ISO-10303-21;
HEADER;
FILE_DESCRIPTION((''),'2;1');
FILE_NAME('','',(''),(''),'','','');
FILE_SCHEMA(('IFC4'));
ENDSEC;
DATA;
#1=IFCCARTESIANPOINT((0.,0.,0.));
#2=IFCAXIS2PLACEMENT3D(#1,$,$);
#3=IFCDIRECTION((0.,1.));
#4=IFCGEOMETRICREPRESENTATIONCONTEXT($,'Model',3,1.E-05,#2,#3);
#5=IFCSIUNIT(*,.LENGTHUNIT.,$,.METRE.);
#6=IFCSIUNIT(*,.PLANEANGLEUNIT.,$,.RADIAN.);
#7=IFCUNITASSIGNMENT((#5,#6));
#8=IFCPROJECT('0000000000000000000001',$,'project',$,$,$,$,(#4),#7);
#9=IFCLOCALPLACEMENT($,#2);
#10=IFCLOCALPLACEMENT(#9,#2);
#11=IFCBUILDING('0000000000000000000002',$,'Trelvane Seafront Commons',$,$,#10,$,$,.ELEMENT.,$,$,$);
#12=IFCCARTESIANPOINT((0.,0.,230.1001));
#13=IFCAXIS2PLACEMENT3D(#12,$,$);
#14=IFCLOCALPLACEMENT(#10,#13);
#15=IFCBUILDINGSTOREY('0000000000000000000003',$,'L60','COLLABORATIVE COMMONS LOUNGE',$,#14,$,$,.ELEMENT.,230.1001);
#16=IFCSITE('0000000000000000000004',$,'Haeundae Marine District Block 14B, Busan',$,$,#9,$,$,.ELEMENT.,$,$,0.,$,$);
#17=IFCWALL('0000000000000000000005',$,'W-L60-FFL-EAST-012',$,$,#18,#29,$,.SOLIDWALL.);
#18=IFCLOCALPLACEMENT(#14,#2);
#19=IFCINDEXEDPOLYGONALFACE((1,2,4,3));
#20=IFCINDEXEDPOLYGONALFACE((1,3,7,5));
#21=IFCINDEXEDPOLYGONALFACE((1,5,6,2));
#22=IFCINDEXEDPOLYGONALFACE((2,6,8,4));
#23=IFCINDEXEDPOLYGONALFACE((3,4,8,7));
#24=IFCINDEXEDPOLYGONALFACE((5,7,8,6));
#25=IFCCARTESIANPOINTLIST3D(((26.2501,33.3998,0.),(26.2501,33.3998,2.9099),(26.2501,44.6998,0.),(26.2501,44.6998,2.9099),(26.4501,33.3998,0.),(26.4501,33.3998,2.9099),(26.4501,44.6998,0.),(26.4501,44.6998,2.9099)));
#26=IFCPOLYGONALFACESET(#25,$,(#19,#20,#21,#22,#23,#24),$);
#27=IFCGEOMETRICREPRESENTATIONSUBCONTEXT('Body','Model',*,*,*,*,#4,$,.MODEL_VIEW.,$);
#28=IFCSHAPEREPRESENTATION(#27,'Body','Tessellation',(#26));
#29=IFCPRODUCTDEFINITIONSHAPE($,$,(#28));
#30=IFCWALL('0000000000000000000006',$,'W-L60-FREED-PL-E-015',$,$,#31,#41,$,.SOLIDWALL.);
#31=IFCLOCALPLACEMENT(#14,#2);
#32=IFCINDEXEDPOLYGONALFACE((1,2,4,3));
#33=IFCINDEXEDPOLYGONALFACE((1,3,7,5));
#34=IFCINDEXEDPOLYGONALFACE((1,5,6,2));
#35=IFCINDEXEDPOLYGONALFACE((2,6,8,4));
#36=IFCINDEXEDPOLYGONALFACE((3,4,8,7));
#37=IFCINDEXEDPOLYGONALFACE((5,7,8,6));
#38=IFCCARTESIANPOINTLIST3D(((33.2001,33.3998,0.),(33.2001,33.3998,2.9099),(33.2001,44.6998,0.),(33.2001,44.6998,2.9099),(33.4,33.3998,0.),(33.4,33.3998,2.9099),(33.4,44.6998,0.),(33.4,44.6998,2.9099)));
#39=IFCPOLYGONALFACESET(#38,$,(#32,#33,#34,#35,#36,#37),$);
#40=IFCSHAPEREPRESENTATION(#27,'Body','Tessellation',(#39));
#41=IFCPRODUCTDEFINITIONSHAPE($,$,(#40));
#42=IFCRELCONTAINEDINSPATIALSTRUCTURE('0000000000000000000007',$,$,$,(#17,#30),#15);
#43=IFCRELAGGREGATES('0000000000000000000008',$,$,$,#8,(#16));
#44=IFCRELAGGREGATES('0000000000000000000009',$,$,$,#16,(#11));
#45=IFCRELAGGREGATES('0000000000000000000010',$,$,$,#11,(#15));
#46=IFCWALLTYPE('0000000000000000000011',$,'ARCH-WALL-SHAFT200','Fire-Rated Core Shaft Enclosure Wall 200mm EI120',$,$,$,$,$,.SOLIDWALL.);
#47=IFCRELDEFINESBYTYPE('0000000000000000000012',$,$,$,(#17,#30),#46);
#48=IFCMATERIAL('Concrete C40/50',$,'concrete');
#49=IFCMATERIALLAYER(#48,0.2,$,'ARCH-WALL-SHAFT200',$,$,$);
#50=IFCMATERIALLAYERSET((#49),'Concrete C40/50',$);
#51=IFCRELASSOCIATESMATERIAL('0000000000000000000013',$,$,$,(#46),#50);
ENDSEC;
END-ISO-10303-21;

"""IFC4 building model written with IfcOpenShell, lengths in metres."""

from ifc_helpers import new_model, si_unit, direction, frame, frame_2d, origin, place, context, subcontext, project, spatial, rectangle, extrude, material, layer, layer_set, type_object, element, save


model = new_model("IFC4")

# Units and contexts
model_context = context("Model", 3, precision=1e-05, world=origin(), true_north=direction((0.0, 1.0)))
body_context = subcontext(model_context, "Body", "Model", "MODEL_VIEW")
ifc_project = project(units=[si_unit("LENGTHUNIT", "METRE"), si_unit("PLANEANGLEUNIT", "RADIAN")], contexts=[model_context])

# Site, building, storey
site_placement = place(None, origin())
site = spatial("IfcSite", under=ifc_project, at=site_placement, Name="Haeundae Marine District Block 14B, Busan", CompositionType="ELEMENT", RefElevation=0.0)
building_placement = place(site_placement, origin())
building = spatial("IfcBuilding", under=site, at=building_placement, Name="Trelvane Seafront Commons", CompositionType="ELEMENT")
storey_placement = place(building_placement, frame((0.0, 0.0, 230.1001)))
storey = spatial("IfcBuildingStorey", under=building, at=storey_placement, Name="L60", Description="COLLABORATIVE COMMONS LOUNGE", CompositionType="ELEMENT", Elevation=230.1001)

# Shared definitions
ifc_material_1 = material(Name="Concrete C40/50", Category="concrete")

# Walls
ifc_layer_1 = layer(ifc_material_1, 0.2, Name="ARCH-WALL-SHAFT200")
ifc_layer_set_1 = layer_set([ifc_layer_1], Name="Concrete C40/50")
wall_type_1 = type_object("IfcWallType", Name="ARCH-WALL-SHAFT200", Description="Fire-Rated Core Shaft Enclosure Wall 200mm EI120", PredefinedType="SOLIDWALL", material=ifc_layer_set_1)
for number, where, z_axis, x_axis, name in (
    (1, (26.3501, 33.3999, 0.0), (0.0, 0.0, 1.0), (0.0, 1.0, 0.0), "W-L60-FFL-EAST-012"),
    (2, (33.3, 33.3999, 0.0), (0.0, 0.0, 1.0), (0.0, 1.0, 0.0), "W-L60-FREED-PL-E-015"),
):
    element("IfcWall", number, at=place(storey_placement, frame(where, z_axis=z_axis, x_axis=x_axis)), inside=storey, type_object=wall_type_1, Name=name, PredefinedType="SOLIDWALL", context=body_context, shape_type="SweptSolid", body=[
        extrude(rectangle(XDim=11.3, YDim=0.2, at=frame_2d((5.6499, 0.0))), origin(), (0.0, 0.0, 1.0), 2.9099),
    ])

save(model, "model.ifc")
